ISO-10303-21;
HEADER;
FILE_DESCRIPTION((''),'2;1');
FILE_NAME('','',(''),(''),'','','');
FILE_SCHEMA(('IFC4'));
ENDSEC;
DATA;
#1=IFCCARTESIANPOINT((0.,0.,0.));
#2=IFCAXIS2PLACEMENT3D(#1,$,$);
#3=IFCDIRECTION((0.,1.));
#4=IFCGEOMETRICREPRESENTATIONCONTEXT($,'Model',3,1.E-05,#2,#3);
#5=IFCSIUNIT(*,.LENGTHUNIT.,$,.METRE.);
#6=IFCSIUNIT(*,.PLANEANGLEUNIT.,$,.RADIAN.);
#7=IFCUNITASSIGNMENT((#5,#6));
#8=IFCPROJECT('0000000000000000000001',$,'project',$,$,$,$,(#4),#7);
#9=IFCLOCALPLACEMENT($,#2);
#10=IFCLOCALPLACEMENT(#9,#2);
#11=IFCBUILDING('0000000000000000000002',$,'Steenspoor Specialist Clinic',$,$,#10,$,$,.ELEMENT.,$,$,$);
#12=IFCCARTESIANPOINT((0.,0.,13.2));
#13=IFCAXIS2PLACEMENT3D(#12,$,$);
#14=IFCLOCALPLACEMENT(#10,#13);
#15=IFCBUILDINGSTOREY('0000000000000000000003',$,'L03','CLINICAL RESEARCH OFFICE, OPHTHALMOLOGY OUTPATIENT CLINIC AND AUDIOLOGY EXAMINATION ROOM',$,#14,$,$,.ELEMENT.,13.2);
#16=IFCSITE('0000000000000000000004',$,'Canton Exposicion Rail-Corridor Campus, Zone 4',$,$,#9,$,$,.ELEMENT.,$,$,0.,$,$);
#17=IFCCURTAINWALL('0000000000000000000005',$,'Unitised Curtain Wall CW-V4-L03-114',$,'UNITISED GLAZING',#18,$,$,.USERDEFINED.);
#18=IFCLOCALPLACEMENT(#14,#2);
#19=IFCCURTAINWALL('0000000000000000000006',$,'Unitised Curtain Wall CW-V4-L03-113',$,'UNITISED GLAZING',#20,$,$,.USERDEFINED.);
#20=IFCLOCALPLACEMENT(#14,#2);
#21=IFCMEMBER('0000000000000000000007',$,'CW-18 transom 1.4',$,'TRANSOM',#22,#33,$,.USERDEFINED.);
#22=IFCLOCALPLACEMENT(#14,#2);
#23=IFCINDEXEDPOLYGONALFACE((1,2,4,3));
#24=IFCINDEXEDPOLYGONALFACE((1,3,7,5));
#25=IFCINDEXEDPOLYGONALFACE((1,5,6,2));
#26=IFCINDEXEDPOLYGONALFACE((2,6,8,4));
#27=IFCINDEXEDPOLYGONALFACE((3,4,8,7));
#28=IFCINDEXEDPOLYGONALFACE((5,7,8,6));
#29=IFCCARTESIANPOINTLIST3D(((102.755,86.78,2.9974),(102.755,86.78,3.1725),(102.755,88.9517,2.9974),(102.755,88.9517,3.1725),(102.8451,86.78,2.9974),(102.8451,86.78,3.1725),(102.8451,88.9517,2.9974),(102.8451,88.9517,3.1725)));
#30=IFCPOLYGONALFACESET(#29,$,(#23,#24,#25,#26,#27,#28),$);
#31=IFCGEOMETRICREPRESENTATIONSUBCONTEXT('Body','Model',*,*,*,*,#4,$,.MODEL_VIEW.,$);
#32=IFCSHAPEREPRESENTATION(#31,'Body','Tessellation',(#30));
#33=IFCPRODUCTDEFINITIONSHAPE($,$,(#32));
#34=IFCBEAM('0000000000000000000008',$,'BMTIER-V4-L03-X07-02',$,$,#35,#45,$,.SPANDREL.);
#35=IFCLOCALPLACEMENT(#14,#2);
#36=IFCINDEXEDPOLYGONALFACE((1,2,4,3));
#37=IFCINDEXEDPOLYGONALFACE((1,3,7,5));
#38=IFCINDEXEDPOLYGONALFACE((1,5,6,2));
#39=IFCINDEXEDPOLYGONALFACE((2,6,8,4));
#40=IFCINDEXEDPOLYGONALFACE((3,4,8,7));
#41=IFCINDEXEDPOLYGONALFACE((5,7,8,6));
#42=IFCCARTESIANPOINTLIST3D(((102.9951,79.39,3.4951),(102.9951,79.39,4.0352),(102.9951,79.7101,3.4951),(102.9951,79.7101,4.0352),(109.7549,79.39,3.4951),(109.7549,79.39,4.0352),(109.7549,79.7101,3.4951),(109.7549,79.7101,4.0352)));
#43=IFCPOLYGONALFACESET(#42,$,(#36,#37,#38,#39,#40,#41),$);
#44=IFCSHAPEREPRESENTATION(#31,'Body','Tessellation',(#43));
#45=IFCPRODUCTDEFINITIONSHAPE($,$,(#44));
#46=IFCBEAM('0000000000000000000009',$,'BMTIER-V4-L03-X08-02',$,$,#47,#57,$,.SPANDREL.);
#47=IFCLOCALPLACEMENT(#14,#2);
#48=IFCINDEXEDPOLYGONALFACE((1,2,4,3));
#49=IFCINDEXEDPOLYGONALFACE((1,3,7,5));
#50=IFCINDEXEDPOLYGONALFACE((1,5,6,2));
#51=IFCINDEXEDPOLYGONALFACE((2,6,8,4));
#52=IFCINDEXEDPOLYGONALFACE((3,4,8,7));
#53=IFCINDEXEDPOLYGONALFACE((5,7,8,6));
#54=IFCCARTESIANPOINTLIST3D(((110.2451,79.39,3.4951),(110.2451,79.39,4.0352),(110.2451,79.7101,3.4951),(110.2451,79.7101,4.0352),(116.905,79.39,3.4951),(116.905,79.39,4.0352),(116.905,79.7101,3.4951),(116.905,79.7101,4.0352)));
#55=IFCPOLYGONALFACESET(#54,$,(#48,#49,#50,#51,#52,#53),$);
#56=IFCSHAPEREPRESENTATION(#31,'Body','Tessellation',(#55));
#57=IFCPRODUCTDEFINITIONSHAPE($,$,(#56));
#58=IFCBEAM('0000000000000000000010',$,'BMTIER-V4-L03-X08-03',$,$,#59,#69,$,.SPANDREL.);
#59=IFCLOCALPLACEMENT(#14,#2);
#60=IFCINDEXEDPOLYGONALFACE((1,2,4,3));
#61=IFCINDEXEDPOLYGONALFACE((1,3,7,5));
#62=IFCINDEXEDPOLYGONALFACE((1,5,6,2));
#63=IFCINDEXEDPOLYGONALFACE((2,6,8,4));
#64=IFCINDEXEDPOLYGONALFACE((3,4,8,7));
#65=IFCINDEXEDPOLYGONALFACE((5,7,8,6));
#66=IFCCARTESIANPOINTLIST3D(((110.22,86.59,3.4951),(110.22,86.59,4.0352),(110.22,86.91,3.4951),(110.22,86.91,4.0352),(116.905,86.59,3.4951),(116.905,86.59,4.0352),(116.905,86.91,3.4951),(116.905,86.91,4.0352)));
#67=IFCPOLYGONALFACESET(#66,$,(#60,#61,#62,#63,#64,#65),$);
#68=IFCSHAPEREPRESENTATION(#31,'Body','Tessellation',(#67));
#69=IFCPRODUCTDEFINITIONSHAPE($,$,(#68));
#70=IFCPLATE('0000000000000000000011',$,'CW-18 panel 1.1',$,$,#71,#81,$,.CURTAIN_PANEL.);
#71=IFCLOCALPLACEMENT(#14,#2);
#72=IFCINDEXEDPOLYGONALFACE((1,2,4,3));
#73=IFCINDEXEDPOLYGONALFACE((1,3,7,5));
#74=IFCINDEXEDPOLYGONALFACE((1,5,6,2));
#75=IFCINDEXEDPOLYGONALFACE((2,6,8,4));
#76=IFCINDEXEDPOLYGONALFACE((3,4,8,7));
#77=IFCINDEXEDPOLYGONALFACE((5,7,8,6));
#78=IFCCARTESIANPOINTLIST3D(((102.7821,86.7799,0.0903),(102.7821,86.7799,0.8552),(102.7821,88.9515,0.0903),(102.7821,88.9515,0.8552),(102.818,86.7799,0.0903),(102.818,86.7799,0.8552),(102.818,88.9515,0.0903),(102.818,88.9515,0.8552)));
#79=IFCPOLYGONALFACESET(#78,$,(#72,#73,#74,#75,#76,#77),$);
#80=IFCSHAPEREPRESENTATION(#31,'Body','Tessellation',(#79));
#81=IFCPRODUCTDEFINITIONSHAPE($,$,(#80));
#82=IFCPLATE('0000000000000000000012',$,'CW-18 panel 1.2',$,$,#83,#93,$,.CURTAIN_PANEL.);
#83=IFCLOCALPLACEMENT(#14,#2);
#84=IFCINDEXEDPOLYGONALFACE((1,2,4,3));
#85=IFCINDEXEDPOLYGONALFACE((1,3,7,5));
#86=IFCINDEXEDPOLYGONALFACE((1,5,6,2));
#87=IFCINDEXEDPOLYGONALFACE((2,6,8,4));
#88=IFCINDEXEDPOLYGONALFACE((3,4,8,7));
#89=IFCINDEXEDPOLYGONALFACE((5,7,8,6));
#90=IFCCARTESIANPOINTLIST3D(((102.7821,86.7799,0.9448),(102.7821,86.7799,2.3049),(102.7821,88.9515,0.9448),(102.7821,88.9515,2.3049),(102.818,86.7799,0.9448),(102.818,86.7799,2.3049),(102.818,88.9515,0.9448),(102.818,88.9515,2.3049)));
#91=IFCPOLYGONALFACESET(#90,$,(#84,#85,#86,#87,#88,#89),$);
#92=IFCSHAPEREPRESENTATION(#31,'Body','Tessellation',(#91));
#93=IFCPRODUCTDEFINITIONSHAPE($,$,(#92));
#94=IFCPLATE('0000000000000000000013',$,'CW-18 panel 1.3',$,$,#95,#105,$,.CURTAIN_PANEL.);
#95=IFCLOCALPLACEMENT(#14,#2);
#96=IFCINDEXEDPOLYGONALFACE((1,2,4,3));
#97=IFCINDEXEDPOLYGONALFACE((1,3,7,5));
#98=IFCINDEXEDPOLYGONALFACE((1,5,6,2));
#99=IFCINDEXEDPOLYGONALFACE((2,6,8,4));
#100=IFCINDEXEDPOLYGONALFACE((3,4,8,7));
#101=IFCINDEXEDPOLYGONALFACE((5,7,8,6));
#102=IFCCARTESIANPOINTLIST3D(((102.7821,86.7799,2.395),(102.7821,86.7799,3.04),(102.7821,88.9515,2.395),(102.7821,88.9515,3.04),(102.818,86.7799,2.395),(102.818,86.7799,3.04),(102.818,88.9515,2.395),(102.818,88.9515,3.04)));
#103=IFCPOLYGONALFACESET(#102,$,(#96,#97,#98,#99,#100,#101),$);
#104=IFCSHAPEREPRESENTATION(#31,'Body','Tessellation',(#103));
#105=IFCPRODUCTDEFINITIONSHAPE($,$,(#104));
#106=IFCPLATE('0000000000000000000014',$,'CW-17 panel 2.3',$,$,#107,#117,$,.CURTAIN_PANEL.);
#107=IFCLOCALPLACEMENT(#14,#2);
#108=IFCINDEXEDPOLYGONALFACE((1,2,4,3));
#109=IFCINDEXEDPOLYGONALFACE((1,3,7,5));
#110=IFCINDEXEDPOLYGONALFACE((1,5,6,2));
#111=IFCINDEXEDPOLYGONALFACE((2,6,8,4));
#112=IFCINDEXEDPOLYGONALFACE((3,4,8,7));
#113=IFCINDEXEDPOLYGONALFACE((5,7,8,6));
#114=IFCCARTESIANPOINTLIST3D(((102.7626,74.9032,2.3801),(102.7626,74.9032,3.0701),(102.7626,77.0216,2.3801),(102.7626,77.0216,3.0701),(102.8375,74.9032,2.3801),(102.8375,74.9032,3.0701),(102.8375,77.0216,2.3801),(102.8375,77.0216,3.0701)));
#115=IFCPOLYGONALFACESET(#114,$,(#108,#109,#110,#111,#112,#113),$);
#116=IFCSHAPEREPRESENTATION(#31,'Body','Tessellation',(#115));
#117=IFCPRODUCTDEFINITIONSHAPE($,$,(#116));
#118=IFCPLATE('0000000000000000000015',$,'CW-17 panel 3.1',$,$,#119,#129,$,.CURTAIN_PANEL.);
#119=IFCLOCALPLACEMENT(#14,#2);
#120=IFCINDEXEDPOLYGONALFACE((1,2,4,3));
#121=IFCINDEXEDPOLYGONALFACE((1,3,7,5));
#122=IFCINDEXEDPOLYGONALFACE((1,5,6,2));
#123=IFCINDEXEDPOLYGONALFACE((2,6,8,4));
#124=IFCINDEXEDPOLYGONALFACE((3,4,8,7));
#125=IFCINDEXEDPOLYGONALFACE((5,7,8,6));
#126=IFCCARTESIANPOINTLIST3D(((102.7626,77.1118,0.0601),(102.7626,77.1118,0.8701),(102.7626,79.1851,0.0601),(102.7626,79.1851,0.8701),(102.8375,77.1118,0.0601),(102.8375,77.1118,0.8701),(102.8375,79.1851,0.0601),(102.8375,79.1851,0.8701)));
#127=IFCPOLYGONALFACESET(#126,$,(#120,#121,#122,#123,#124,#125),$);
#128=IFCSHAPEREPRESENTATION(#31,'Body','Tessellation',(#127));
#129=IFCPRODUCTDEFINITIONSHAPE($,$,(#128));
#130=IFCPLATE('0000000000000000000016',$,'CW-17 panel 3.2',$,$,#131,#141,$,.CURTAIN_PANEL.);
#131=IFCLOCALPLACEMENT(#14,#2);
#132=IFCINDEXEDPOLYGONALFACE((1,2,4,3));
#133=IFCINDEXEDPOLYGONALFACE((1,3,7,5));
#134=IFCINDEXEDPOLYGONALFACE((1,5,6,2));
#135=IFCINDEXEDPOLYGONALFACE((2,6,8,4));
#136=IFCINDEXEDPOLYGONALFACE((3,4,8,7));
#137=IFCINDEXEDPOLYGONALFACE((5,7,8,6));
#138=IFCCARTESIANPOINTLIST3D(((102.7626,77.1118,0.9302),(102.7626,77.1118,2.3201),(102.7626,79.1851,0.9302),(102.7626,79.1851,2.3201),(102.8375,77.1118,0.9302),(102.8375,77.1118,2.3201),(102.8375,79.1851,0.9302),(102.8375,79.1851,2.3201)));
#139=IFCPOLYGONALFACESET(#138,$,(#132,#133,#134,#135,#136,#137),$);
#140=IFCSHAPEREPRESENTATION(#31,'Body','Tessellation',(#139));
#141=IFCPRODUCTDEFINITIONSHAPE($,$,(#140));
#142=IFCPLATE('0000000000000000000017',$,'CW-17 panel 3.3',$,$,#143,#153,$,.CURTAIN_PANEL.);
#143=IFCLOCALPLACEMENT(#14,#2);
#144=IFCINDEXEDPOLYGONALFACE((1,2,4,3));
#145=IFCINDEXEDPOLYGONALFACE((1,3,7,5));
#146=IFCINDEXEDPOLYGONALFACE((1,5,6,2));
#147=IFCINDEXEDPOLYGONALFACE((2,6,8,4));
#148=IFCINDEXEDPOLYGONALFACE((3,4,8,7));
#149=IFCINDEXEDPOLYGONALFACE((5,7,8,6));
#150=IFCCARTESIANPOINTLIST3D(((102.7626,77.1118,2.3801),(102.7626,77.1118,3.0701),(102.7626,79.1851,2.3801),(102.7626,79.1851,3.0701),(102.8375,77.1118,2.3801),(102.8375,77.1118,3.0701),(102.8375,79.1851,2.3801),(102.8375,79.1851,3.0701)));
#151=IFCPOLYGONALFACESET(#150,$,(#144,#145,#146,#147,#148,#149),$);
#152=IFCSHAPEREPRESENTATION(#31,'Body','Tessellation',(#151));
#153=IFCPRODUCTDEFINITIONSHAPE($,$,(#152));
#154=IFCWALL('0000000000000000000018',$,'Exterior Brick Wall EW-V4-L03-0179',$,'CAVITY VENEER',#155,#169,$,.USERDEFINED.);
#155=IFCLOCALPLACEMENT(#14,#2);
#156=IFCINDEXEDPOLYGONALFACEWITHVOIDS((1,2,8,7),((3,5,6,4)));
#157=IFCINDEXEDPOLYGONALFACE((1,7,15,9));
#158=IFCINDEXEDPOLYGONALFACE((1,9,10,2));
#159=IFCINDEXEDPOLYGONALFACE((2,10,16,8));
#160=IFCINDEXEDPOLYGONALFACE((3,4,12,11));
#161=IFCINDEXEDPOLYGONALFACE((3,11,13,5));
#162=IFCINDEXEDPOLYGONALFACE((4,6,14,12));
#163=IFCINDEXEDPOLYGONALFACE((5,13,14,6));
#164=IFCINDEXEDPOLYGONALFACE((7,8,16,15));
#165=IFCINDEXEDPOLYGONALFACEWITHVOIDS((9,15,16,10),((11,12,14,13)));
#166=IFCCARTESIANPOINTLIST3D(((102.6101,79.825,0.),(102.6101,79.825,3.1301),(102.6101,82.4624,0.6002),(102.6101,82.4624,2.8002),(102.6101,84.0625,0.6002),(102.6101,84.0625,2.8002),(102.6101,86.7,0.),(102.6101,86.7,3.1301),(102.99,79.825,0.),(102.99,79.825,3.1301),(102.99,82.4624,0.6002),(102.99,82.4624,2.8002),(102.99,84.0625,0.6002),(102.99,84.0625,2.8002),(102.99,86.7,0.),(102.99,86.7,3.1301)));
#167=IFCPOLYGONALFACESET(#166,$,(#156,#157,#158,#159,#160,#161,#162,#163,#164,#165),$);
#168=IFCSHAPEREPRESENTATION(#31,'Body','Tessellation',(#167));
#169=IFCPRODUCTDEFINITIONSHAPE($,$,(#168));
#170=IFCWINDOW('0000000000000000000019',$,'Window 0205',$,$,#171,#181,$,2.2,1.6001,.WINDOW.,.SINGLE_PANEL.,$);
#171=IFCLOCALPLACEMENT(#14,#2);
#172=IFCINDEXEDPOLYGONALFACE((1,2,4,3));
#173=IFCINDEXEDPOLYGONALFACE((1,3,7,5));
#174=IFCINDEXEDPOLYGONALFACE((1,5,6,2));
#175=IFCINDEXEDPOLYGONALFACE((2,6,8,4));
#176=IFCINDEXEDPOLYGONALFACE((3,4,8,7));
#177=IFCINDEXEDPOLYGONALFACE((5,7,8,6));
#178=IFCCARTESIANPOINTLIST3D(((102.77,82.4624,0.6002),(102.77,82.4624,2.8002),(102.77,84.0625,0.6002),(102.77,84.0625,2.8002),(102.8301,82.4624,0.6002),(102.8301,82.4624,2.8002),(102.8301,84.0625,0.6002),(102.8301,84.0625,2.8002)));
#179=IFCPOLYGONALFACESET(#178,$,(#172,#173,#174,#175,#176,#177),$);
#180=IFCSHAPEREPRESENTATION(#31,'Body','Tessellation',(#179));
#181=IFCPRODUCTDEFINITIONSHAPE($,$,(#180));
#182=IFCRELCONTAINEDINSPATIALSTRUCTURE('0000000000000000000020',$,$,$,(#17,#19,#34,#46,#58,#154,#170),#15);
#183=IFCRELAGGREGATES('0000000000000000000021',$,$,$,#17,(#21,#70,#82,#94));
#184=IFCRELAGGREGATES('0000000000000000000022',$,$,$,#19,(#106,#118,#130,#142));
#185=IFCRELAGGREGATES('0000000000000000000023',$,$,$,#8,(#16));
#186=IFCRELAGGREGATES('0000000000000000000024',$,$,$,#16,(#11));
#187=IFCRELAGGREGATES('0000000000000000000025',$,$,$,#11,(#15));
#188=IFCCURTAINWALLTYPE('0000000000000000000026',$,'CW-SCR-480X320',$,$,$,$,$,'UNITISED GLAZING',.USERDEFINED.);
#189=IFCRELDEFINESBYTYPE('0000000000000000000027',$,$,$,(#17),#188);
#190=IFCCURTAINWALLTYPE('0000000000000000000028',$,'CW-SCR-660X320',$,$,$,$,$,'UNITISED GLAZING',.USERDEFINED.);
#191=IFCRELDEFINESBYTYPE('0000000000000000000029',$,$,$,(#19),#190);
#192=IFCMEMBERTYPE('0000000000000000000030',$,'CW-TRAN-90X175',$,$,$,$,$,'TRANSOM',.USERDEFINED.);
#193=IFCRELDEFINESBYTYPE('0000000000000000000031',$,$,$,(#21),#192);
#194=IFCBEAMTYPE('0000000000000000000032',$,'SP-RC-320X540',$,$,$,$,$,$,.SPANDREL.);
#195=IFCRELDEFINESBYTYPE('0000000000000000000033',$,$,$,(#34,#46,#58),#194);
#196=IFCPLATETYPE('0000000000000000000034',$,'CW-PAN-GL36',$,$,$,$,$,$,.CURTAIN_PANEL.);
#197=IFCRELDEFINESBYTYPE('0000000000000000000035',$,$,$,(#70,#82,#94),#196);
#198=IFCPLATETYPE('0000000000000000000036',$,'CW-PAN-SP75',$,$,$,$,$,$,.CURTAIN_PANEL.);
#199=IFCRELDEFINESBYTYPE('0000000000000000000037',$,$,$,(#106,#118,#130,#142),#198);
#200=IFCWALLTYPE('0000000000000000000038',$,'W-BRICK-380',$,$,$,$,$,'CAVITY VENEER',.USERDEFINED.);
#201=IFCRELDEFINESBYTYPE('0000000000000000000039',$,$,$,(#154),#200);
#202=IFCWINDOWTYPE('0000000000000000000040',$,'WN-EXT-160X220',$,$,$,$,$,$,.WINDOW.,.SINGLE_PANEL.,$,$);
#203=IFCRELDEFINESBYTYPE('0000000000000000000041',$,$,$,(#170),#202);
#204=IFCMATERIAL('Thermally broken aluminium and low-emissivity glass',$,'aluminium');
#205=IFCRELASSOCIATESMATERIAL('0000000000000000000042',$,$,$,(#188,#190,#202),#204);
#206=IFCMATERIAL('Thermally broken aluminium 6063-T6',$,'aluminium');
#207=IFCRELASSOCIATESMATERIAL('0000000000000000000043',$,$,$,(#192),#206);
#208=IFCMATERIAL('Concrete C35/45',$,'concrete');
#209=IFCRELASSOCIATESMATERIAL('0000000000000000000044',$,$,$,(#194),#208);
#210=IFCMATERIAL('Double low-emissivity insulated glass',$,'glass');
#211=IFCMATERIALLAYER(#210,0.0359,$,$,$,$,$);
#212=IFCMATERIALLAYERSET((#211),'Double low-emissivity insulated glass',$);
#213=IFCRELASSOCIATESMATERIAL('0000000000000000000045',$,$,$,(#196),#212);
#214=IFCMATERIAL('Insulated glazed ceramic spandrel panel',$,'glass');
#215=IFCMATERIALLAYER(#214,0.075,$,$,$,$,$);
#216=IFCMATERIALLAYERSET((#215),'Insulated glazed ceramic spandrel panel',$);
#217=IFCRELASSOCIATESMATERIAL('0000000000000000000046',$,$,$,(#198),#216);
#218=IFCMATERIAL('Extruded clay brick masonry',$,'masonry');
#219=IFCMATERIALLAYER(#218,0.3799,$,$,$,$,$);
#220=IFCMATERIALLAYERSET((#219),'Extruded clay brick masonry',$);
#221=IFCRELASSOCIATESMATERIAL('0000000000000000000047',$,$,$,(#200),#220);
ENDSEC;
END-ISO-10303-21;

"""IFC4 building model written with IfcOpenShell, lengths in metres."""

from ifc_helpers import new_model, si_unit, direction, frame, frame_2d, origin, origin_2d, place, context, subcontext, project, spatial, rectangle, extrude, material, layer, layer_set, material_profile, profile_set, type_object, element, fill, aggregate, save


model = new_model("IFC4")

# Units and contexts
model_context = context("Model", 3, precision=1e-05, world=origin(), true_north=direction((0.0, 1.0)))
body_context = subcontext(model_context, "Body", "Model", "MODEL_VIEW")
ifc_project = project(units=[si_unit("LENGTHUNIT", "METRE"), si_unit("PLANEANGLEUNIT", "RADIAN")], contexts=[model_context])

# Site, building, storey
site_placement = place(None, origin())
site = spatial("IfcSite", under=ifc_project, at=site_placement, Name="Canton Exposicion Rail-Corridor Campus, Zone 4", CompositionType="ELEMENT", RefElevation=0.0)
building_placement = place(site_placement, origin())
building = spatial("IfcBuilding", under=site, at=building_placement, Name="Steenspoor Specialist Clinic", CompositionType="ELEMENT")
storey_placement = place(building_placement, frame((0.0, 0.0, 13.2)))
storey = spatial("IfcBuildingStorey", under=building, at=storey_placement, Name="L03", Description="CLINICAL RESEARCH OFFICE, OPHTHALMOLOGY OUTPATIENT CLINIC AND AUDIOLOGY EXAMINATION ROOM", CompositionType="ELEMENT", Elevation=13.2)

# Curtain wall
ifc_material_1 = material(Name="Thermally broken aluminium and low-emissivity glass", Category="aluminium")
curtain_wall_type_1 = type_object("IfcCurtainWallType", Name="CW-SCR-480X320", ElementType="UNITISED GLAZING", PredefinedType="USERDEFINED", material=ifc_material_1)
curtain_wall_1_placement = place(storey_placement, origin())
curtain_wall_1 = element("IfcCurtainWall", 1, at=curtain_wall_1_placement, inside=storey, type_object=curtain_wall_type_1, Name="Unitised Curtain Wall CW-V4-L03-114", ObjectType="UNITISED GLAZING", PredefinedType="USERDEFINED")
ifc_material_2 = material(Name="Thermally broken aluminium 6063-T6", Category="aluminium")

# Curtain wall
curtain_wall_type_2 = type_object("IfcCurtainWallType", Name="CW-SCR-660X320", ElementType="UNITISED GLAZING", PredefinedType="USERDEFINED", material=ifc_material_1)
curtain_wall_2_placement = place(storey_placement, origin())
curtain_wall_2 = element("IfcCurtainWall", 2, at=curtain_wall_2_placement, inside=storey, type_object=curtain_wall_type_2, Name="Unitised Curtain Wall CW-V4-L03-113", ObjectType="UNITISED GLAZING", PredefinedType="USERDEFINED")

# Member
ifc_material_profile_1 = material_profile(ifc_material_2, rectangle(XDim=0.0901, YDim=0.175, at=origin_2d()), Name="CWT-90X175")
ifc_profile_set_1 = profile_set([ifc_material_profile_1], Name="Thermally broken aluminium 6063-T6")
member_type_1 = type_object("IfcMemberType", Name="CW-TRAN-90X175", ElementType="TRANSOM", PredefinedType="USERDEFINED", material=ifc_profile_set_1)
member_1_placement = place(storey_placement, frame((102.8, 86.78, 3.085), z_axis=(0.0, 1.0, 0.0), x_axis=(-1.0, 0.0, 0.0)))
member_1 = element("IfcMember", 3, at=member_1_placement, type_object=member_type_1, Name="CW-18 transom 1.4", ObjectType="TRANSOM", PredefinedType="USERDEFINED", context=body_context, shape_type="SweptSolid", body=[
    extrude(rectangle(XDim=0.0901, YDim=0.175, at=origin_2d()), origin(), (0.0, 0.0, 1.0), 2.1716),
])

# Beams
ifc_material_3 = material(Name="Concrete C35/45", Category="concrete")
ifc_material_profile_2 = material_profile(ifc_material_3, rectangle(XDim=0.3201, YDim=0.54, at=origin_2d()), Name="RC-SP-320X540")
ifc_profile_set_2 = profile_set([ifc_material_profile_2], Name="Concrete C35/45")
beam_type = type_object("IfcBeamType", Name="SP-RC-320X540", PredefinedType="SPANDREL", material=ifc_profile_set_2)
beam_1_placement = place(storey_placement, frame((102.9951, 79.55, 3.7651), z_axis=(1.0, 0.0, 0.0), x_axis=(0.0, 1.0, 0.0)))
element("IfcBeam", 4, at=beam_1_placement, inside=storey, type_object=beam_type, Name="BMTIER-V4-L03-X07-02", PredefinedType="SPANDREL", context=body_context, shape_type="SweptSolid", body=[
    extrude(rectangle(XDim=0.3201, YDim=0.54, at=origin_2d()), origin(), (0.0, 0.0, 1.0), 6.7598),
])
beam_2_placement = place(storey_placement, frame((110.2451, 79.55, 3.7651), z_axis=(1.0, 0.0, 0.0), x_axis=(0.0, 1.0, 0.0)))
element("IfcBeam", 5, at=beam_2_placement, inside=storey, type_object=beam_type, Name="BMTIER-V4-L03-X08-02", PredefinedType="SPANDREL", context=body_context, shape_type="SweptSolid", body=[
    extrude(rectangle(XDim=0.3201, YDim=0.54, at=origin_2d()), origin(), (0.0, 0.0, 1.0), 6.6599),
])
beam_3_placement = place(storey_placement, frame((110.22, 86.75, 3.7651), z_axis=(1.0, 0.0, 0.0), x_axis=(0.0, 1.0, 0.0)))
element("IfcBeam", 6, at=beam_3_placement, inside=storey, type_object=beam_type, Name="BMTIER-V4-L03-X08-03", PredefinedType="SPANDREL", context=body_context, shape_type="SweptSolid", body=[
    extrude(rectangle(XDim=0.3201, YDim=0.54, at=origin_2d()), origin(), (0.0, 0.0, 1.0), 6.6851),
])

# Plates
ifc_material_4 = material(Name="Double low-emissivity insulated glass", Category="glass")
ifc_layer_1 = layer(ifc_material_4, 0.0359)
ifc_layer_set_1 = layer_set([ifc_layer_1], Name="Double low-emissivity insulated glass")
plate_type_1 = type_object("IfcPlateType", Name="CW-PAN-GL36", PredefinedType="CURTAIN_PANEL", material=ifc_layer_set_1)
plate_1_placement = place(storey_placement, frame((102.8, 87.8657, 0.0903), z_axis=(0.0, 0.0, 1.0), x_axis=(0.0, 1.0, 0.0)))
plate_1 = element("IfcPlate", 7, at=plate_1_placement, type_object=plate_type_1, Name="CW-18 panel 1.1", PredefinedType="CURTAIN_PANEL", context=body_context, shape_type="SweptSolid", body=[
    extrude(rectangle(XDim=2.1716, YDim=0.0359, at=origin_2d()), origin(), (0.0, 0.0, 1.0), 0.7649),
])
plate_2_placement = place(storey_placement, frame((102.8, 87.8657, 0.9448), z_axis=(0.0, 0.0, 1.0), x_axis=(0.0, 1.0, 0.0)))
plate_2 = element("IfcPlate", 8, at=plate_2_placement, type_object=plate_type_1, Name="CW-18 panel 1.2", PredefinedType="CURTAIN_PANEL", context=body_context, shape_type="SweptSolid", body=[
    extrude(rectangle(XDim=2.1716, YDim=0.0359, at=origin_2d()), origin(), (0.0, 0.0, 1.0), 1.3601),
])
plate_3_placement = place(storey_placement, frame((102.8, 87.8657, 2.395), z_axis=(0.0, 0.0, 1.0), x_axis=(0.0, 1.0, 0.0)))
plate_3 = element("IfcPlate", 9, at=plate_3_placement, type_object=plate_type_1, Name="CW-18 panel 1.3", PredefinedType="CURTAIN_PANEL", context=body_context, shape_type="SweptSolid", body=[
    extrude(rectangle(XDim=2.1716, YDim=0.0359, at=origin_2d()), origin(), (0.0, 0.0, 1.0), 0.645),
])
aggregate(curtain_wall_1, [member_1, plate_1, plate_2, plate_3])
ifc_material_5 = material(Name="Insulated glazed ceramic spandrel panel", Category="glass")
ifc_layer_2 = layer(ifc_material_5, 0.075)
ifc_layer_set_2 = layer_set([ifc_layer_2], Name="Insulated glazed ceramic spandrel panel")
plate_type_2 = type_object("IfcPlateType", Name="CW-PAN-SP75", PredefinedType="CURTAIN_PANEL", material=ifc_layer_set_2)
plate_4_placement = place(storey_placement, frame((102.8, 75.9624, 2.3801), z_axis=(0.0, 0.0, 1.0), x_axis=(0.0, 1.0, 0.0)))
plate_4 = element("IfcPlate", 10, at=plate_4_placement, type_object=plate_type_2, Name="CW-17 panel 2.3", PredefinedType="CURTAIN_PANEL", context=body_context, shape_type="SweptSolid", body=[
    extrude(rectangle(XDim=2.1184, YDim=0.075, at=origin_2d()), origin(), (0.0, 0.0, 1.0), 0.6899),
])
plate_5_placement = place(storey_placement, frame((102.8, 78.1484, 0.0601), z_axis=(0.0, 0.0, 1.0), x_axis=(0.0, 1.0, 0.0)))
plate_5 = element("IfcPlate", 11, at=plate_5_placement, type_object=plate_type_2, Name="CW-17 panel 3.1", PredefinedType="CURTAIN_PANEL", context=body_context, shape_type="SweptSolid", body=[
    extrude(rectangle(XDim=2.0732, YDim=0.075, at=origin_2d()), origin(), (0.0, 0.0, 1.0), 0.8101),
])
plate_6_placement = place(storey_placement, frame((102.8, 78.1484, 0.9302), z_axis=(0.0, 0.0, 1.0), x_axis=(0.0, 1.0, 0.0)))
plate_6 = element("IfcPlate", 12, at=plate_6_placement, type_object=plate_type_2, Name="CW-17 panel 3.2", PredefinedType="CURTAIN_PANEL", context=body_context, shape_type="SweptSolid", body=[
    extrude(rectangle(XDim=2.0732, YDim=0.075, at=origin_2d()), origin(), (0.0, 0.0, 1.0), 1.3899),
])
plate_7_placement = place(storey_placement, frame((102.8, 78.1484, 2.3801), z_axis=(0.0, 0.0, 1.0), x_axis=(0.0, 1.0, 0.0)))
plate_7 = element("IfcPlate", 13, at=plate_7_placement, type_object=plate_type_2, Name="CW-17 panel 3.3", PredefinedType="CURTAIN_PANEL", context=body_context, shape_type="SweptSolid", body=[
    extrude(rectangle(XDim=2.0732, YDim=0.075, at=origin_2d()), origin(), (0.0, 0.0, 1.0), 0.6899),
])
aggregate(curtain_wall_2, [plate_4, plate_5, plate_6, plate_7])

# Wall, opening, window
ifc_material_6 = material(Name="Extruded clay brick masonry", Category="masonry")
ifc_layer_3 = layer(ifc_material_6, 0.3799)
ifc_layer_set_3 = layer_set([ifc_layer_3], Name="Extruded clay brick masonry")
wall_type_1 = type_object("IfcWallType", Name="W-BRICK-380", ElementType="CAVITY VENEER", PredefinedType="USERDEFINED", material=ifc_layer_set_3)
wall_1_placement = place(storey_placement, frame((102.8, 79.825, 0.0), z_axis=(0.0, 0.0, 1.0), x_axis=(0.0, 1.0, 0.0)))
wall_1 = element("IfcWall", 14, at=wall_1_placement, inside=storey, type_object=wall_type_1, Name="Exterior Brick Wall EW-V4-L03-0179", ObjectType="CAVITY VENEER", PredefinedType="USERDEFINED", context=body_context, shape_type="SweptSolid", body=[
    extrude(rectangle(XDim=6.875, YDim=0.3799, at=frame_2d((3.4375, 0.0))), origin(), (0.0, 0.0, 1.0), 3.1301),
])
opening_1_placement = place(wall_1_placement, frame((2.6375, 0.0, 0.6001)))
opening_1 = element("IfcOpeningElement", 15, at=opening_1_placement, cuts=wall_1, PredefinedType="OPENING", context=body_context, shape_type="SweptSolid", body=[
    extrude(rectangle(XDim=1.6001, YDim=2.2, at=frame_2d((0.8, 1.1001))), frame((0.0, 0.2, 0.0), z_axis=(0.0, -1.0, 0.0), x_axis=(1.0, 0.0, 0.0)), (0.0, 0.0, 1.0), 0.3999),
])
window_type = type_object("IfcWindowType", Name="WN-EXT-160X220", PartitioningType="SINGLE_PANEL", PredefinedType="WINDOW", material=ifc_material_1)
window_placement = place(opening_1_placement, origin())
window = element("IfcWindow", 16, at=window_placement, inside=storey, type_object=window_type, Name="Window 0205", OverallHeight=2.2, OverallWidth=1.6001, PartitioningType="SINGLE_PANEL", PredefinedType="WINDOW", context=body_context, shape_type="SweptSolid", body=[
    extrude(rectangle(XDim=1.6001, YDim=2.2, at=frame_2d((0.8, 1.1001))), frame((0.0, 0.03, 0.0), z_axis=(0.0, -1.0, 0.0), x_axis=(1.0, 0.0, 0.0)), (0.0, 0.0, 1.0), 0.0601),
])
fill(opening_1, window)

save(model, "model.ifc")
